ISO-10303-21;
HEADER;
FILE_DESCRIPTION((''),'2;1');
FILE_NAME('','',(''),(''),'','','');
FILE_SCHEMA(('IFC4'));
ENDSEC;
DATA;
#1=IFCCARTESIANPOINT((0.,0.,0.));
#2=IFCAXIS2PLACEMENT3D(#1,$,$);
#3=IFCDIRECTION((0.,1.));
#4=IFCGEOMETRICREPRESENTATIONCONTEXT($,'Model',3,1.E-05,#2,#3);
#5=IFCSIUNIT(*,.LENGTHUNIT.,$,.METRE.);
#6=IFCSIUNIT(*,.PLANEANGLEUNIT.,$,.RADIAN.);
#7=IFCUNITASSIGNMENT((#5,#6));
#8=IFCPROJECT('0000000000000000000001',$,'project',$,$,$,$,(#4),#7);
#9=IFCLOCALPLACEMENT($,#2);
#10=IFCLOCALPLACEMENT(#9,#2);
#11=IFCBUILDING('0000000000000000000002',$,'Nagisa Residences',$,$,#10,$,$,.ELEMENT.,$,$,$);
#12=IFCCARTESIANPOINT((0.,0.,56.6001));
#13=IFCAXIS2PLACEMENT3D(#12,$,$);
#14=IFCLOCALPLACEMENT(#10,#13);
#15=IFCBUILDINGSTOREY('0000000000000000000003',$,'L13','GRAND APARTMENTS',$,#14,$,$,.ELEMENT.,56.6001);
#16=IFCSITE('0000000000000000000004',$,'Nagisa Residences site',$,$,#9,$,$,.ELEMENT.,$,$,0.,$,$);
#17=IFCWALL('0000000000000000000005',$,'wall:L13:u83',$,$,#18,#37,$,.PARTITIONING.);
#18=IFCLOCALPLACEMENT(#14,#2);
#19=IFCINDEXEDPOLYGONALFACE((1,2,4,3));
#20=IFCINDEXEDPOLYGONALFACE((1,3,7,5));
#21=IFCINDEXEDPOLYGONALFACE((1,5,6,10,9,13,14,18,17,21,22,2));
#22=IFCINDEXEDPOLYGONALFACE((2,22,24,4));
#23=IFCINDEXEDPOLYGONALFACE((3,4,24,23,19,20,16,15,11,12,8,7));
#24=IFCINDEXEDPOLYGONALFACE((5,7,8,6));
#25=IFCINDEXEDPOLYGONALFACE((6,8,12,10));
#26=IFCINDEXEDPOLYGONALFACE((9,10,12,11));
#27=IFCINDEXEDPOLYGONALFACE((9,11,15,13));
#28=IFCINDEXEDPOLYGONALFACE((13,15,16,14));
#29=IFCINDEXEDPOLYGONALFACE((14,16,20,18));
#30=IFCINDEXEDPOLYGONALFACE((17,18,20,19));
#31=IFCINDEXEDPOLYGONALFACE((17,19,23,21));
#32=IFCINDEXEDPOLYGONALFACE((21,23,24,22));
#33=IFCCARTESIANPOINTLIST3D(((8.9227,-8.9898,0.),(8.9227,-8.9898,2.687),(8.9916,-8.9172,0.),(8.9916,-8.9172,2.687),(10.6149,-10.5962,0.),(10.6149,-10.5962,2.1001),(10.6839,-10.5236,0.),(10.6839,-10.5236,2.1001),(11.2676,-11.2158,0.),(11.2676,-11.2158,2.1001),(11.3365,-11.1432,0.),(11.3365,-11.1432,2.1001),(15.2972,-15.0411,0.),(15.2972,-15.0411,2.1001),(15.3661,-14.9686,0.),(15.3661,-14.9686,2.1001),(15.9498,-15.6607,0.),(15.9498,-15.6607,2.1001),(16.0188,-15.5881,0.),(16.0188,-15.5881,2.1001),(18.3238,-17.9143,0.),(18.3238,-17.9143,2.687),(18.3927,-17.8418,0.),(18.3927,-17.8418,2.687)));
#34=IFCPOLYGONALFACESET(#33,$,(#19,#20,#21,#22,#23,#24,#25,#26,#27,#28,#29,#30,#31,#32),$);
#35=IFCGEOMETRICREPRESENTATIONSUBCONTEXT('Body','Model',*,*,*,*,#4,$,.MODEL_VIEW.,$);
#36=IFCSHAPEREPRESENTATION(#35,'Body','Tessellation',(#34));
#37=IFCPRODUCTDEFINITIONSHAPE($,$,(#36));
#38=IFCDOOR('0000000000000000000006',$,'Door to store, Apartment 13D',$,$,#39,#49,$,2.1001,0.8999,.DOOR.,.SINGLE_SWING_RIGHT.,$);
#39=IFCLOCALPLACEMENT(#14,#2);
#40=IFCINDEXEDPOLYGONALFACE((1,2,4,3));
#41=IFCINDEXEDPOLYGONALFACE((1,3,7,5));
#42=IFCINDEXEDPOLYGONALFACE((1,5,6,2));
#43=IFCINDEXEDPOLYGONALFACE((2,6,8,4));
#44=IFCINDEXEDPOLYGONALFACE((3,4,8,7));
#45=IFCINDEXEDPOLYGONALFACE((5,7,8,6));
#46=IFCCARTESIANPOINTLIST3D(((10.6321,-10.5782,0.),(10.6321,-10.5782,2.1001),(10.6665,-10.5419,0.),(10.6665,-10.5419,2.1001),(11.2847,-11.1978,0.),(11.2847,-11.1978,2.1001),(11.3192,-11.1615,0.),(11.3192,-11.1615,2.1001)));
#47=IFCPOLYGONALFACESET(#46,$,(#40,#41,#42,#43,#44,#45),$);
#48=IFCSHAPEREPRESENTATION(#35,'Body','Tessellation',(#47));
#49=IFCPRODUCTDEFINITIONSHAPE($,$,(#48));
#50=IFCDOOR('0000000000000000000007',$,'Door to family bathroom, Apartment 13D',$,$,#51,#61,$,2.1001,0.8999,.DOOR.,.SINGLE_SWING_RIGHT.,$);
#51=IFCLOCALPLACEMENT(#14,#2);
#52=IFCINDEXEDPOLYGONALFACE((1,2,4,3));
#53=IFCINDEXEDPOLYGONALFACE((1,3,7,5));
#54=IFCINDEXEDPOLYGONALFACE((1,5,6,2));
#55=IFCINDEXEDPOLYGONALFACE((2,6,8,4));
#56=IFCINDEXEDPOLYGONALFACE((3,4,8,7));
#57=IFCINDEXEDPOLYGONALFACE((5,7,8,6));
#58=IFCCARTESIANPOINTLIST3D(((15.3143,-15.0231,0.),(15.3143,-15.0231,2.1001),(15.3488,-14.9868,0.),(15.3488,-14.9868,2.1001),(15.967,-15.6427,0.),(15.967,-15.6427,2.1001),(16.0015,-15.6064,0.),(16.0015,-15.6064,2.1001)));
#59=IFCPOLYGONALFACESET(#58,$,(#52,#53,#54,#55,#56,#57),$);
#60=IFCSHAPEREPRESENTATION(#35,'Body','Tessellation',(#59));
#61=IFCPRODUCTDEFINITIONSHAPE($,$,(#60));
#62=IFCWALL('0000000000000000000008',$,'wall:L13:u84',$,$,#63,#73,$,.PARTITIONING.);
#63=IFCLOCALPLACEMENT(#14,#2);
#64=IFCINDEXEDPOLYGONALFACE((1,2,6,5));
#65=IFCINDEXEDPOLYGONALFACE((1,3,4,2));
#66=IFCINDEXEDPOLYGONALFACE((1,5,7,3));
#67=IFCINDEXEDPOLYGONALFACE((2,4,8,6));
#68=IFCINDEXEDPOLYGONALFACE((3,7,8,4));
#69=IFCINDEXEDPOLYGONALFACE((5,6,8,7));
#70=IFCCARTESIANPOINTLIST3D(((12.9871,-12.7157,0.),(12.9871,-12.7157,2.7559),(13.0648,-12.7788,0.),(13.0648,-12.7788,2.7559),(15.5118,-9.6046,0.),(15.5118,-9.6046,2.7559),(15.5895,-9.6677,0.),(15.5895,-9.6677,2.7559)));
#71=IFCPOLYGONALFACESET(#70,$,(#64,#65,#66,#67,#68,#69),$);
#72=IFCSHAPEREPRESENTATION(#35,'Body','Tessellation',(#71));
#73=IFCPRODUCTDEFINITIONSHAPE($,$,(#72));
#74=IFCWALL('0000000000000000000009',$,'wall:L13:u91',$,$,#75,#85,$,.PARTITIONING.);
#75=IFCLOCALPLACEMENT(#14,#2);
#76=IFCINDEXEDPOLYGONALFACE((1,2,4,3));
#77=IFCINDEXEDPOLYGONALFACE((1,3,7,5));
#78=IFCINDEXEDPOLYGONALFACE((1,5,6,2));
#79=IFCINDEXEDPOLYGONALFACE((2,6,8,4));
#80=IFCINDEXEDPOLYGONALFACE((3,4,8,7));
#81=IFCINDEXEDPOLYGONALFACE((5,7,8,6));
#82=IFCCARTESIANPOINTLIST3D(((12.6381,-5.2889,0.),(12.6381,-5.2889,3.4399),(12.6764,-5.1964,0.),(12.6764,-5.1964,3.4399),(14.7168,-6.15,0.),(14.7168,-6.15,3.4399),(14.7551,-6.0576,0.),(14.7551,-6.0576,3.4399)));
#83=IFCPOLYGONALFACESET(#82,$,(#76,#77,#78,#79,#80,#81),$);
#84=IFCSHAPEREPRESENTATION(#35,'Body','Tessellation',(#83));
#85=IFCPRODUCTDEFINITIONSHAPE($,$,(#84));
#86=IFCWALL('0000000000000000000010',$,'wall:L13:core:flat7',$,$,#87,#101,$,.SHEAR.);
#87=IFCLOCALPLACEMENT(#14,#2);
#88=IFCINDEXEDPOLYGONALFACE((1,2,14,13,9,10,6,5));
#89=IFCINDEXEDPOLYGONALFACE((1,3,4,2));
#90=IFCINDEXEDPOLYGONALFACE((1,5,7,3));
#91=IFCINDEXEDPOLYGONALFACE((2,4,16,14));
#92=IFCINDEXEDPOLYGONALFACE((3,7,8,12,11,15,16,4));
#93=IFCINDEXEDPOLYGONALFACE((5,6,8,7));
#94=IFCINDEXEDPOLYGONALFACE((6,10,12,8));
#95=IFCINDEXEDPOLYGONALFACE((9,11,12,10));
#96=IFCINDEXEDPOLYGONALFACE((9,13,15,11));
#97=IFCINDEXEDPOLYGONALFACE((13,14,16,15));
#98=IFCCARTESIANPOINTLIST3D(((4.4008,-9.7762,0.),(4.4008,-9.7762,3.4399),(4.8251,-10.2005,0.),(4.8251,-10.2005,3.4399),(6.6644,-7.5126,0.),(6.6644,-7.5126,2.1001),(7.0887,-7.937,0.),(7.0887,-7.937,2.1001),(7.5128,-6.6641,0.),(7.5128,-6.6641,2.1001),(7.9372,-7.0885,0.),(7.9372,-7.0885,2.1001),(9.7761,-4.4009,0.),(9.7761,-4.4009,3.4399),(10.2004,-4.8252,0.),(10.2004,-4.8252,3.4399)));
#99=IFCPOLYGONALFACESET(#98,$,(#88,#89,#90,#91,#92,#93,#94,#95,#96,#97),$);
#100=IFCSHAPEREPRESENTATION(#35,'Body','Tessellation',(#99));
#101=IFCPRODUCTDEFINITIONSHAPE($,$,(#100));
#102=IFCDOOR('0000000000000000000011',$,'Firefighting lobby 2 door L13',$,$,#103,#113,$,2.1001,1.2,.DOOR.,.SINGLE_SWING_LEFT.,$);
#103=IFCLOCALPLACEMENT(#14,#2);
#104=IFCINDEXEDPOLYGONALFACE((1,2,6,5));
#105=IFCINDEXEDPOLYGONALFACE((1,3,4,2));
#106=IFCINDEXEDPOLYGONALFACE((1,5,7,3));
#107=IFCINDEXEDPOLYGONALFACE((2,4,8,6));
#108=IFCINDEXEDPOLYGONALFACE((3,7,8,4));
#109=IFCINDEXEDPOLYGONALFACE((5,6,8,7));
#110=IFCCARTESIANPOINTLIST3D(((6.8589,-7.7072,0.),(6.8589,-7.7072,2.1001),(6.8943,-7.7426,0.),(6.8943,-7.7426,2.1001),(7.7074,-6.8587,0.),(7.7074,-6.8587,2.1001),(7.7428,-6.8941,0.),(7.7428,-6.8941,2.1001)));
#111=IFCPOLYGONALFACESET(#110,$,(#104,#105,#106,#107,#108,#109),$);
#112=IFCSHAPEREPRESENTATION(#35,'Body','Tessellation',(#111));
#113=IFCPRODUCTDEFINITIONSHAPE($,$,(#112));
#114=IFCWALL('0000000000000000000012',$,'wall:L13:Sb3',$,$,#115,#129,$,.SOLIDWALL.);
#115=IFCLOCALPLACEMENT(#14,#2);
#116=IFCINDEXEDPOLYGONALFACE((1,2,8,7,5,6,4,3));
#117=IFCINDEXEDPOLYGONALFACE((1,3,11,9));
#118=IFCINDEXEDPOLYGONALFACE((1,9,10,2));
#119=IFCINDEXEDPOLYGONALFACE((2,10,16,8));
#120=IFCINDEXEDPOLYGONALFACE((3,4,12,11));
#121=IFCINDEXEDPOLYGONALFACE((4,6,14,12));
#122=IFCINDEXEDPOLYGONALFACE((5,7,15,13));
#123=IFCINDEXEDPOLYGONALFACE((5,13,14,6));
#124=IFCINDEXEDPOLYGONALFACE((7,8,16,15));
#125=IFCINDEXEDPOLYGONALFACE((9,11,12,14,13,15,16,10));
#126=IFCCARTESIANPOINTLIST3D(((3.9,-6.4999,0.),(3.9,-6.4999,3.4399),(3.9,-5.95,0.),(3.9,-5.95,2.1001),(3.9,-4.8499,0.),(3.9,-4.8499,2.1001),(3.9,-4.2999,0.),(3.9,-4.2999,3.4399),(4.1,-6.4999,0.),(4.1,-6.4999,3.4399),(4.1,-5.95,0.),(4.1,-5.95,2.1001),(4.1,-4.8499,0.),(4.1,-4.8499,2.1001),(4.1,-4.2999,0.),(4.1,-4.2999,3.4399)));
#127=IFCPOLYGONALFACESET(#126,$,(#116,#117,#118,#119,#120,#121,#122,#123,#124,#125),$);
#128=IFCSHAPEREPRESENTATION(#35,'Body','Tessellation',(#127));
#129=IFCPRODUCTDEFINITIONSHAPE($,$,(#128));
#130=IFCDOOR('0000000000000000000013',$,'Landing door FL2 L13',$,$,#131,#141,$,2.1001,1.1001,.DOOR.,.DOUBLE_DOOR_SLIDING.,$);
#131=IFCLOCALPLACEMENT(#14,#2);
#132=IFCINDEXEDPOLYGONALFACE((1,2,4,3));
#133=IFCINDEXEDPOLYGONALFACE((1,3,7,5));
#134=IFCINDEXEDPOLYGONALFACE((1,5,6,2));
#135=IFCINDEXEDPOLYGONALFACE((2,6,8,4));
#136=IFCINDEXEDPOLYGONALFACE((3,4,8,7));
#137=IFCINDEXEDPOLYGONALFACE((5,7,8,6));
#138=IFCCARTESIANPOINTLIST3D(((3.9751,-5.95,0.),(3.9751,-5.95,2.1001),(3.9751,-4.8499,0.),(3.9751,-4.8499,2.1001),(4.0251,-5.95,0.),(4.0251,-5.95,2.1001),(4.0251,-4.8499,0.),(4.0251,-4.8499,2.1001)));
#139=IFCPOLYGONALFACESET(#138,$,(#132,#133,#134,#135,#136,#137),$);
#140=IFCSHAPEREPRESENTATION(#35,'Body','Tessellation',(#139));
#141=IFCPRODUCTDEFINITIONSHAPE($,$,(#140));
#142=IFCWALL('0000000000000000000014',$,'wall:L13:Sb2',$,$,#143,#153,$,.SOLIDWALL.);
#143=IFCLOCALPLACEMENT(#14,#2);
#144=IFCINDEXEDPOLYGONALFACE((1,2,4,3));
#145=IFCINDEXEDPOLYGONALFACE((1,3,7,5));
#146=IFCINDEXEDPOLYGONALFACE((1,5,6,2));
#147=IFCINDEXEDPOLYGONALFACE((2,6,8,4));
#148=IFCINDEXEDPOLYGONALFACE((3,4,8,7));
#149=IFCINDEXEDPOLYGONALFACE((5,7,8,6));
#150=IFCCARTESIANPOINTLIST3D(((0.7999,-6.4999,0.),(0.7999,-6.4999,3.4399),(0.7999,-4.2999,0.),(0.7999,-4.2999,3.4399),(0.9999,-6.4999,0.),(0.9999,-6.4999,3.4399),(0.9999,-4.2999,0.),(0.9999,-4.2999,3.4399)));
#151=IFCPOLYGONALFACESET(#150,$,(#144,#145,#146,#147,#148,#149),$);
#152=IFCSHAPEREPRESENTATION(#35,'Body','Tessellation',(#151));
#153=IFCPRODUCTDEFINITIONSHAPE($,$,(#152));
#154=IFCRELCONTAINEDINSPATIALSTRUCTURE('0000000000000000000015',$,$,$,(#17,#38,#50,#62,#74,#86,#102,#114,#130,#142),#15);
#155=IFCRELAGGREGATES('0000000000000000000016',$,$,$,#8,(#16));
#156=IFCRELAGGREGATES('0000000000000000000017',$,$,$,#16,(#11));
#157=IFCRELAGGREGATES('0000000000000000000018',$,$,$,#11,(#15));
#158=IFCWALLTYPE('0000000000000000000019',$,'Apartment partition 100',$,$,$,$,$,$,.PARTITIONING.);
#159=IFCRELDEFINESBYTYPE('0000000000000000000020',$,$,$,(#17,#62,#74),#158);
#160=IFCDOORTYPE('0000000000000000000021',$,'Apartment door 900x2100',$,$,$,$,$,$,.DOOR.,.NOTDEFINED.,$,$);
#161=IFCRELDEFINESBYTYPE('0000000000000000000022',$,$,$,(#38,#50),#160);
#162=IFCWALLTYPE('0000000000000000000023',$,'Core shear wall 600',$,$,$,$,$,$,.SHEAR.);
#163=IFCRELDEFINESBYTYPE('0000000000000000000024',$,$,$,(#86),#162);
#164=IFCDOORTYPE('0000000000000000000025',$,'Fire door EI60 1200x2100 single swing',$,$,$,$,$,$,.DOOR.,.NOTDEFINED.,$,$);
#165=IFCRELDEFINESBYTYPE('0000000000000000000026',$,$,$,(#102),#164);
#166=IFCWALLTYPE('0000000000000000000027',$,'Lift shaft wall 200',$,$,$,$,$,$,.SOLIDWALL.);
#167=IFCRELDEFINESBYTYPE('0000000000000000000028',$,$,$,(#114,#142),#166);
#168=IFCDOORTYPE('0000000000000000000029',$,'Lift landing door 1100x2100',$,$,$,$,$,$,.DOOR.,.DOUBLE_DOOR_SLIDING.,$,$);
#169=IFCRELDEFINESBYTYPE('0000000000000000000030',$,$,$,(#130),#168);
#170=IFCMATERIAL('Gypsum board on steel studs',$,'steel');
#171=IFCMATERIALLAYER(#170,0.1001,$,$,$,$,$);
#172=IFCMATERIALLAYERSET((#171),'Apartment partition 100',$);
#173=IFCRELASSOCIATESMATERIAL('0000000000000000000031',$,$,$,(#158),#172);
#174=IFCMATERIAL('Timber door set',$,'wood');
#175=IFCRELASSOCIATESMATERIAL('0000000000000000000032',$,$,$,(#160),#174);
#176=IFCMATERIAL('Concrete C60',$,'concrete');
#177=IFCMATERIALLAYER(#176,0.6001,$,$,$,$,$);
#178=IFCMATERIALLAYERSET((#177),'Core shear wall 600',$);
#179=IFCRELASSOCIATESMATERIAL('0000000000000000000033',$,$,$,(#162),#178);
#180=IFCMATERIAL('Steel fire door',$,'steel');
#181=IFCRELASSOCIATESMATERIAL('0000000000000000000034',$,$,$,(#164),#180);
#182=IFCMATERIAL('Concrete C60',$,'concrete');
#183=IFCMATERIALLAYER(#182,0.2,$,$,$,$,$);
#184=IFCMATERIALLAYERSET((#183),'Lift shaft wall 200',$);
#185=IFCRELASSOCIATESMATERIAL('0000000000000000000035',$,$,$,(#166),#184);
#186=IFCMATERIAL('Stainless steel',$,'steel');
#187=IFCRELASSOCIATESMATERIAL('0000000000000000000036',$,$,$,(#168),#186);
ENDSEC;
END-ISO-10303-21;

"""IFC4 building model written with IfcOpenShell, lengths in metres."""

from ifc_helpers import new_model, si_unit, direction, frame, frame_2d, origin, place, context, subcontext, project, spatial, rectangle, extrude, material, layer, layer_set, type_object, element, fill, save


model = new_model("IFC4")

# Units and contexts
model_context = context("Model", 3, precision=1e-05, world=origin(), true_north=direction((0.0, 1.0)))
body_context = subcontext(model_context, "Body", "Model", "MODEL_VIEW")
ifc_project = project(units=[si_unit("LENGTHUNIT", "METRE"), si_unit("PLANEANGLEUNIT", "RADIAN")], contexts=[model_context])

# Site, building, storey
site_placement = place(None, origin())
site = spatial("IfcSite", under=ifc_project, at=site_placement, Name="Nagisa Residences site", CompositionType="ELEMENT", RefElevation=0.0)
building_placement = place(site_placement, origin())
building = spatial("IfcBuilding", under=site, at=building_placement, Name="Nagisa Residences", CompositionType="ELEMENT")
storey_placement = place(building_placement, frame((0.0, 0.0, 56.6001)))
storey = spatial("IfcBuildingStorey", under=building, at=storey_placement, Name="L13", Description="GRAND APARTMENTS", CompositionType="ELEMENT", Elevation=56.6001)

# Wall, openings, doors
ifc_material_1 = material(Name="Gypsum board on steel studs", Category="steel")
ifc_layer_1 = layer(ifc_material_1, 0.1001)
ifc_layer_set_1 = layer_set([ifc_layer_1], Name="Apartment partition 100")
wall_type_1 = type_object("IfcWallType", Name="Apartment partition 100", PredefinedType="PARTITIONING", material=ifc_layer_set_1)
ifc_material_2 = material(Name="Timber door set", Category="wood")
door_type_1 = type_object("IfcDoorType", Name="Apartment door 900x2100", OperationType="NOTDEFINED", PredefinedType="DOOR", material=ifc_material_2)
wall_1_placement = place(storey_placement, frame((8.957, -8.9534, 0.0), z_axis=(0.0, 0.0, 1.0), x_axis=(0.72525, -0.688486, 0.0)))
wall_1 = element("IfcWall", 1, at=wall_1_placement, inside=storey, type_object=wall_type_1, Name="wall:L13:u83", PredefinedType="PARTITIONING", context=body_context, shape_type="SweptSolid", body=[
    extrude(rectangle(XDim=12.9626, YDim=0.1001, at=frame_2d((6.4814, 0.0))), origin(), (0.0, 0.0, 1.0), 2.687),
])
opening_1_placement = place(wall_1_placement, frame((2.3335, 0.0, 0.0)))
opening_1 = element("IfcOpeningElement", 2, at=opening_1_placement, cuts=wall_1, PredefinedType="OPENING", context=body_context, shape_type="SweptSolid", body=[
    extrude(rectangle(XDim=0.8999, YDim=2.1001, at=frame_2d((0.45, 1.05))), frame((0.0, 0.0601, 0.0), z_axis=(0.0, -1.0, 0.0), x_axis=(1.0, 0.0, 0.0)), (0.0, 0.0, 1.0), 0.1201),
])
opening_2_placement = place(wall_1_placement, frame((8.7896, 0.0, 0.0)))
opening_2 = element("IfcOpeningElement", 3, at=opening_2_placement, cuts=wall_1, PredefinedType="OPENING", context=body_context, shape_type="SweptSolid", body=[
    extrude(rectangle(XDim=0.8999, YDim=2.1001, at=frame_2d((0.45, 1.05))), frame((0.0, 0.0601, 0.0), z_axis=(0.0, -1.0, 0.0), x_axis=(1.0, 0.0, 0.0)), (0.0, 0.0, 1.0), 0.1201),
])
door_1_placement = place(opening_1_placement, origin())
door_1 = element("IfcDoor", 4, at=door_1_placement, inside=storey, type_object=door_type_1, Name="Door to store, Apartment 13D", OperationType="SINGLE_SWING_RIGHT", OverallHeight=2.1001, OverallWidth=0.8999, PredefinedType="DOOR", context=body_context, shape_type="SweptSolid", body=[
    extrude(rectangle(XDim=0.8999, YDim=2.1001, at=frame_2d((0.45, 1.05))), frame((0.0, 0.0249, 0.0), z_axis=(0.0, -1.0, 0.0), x_axis=(1.0, 0.0, 0.0)), (0.0, 0.0, 1.0), 0.05),
])
fill(opening_1, door_1)
door_2_placement = place(opening_2_placement, origin())
door_2 = element("IfcDoor", 5, at=door_2_placement, inside=storey, type_object=door_type_1, Name="Door to family bathroom, Apartment 13D", OperationType="SINGLE_SWING_RIGHT", OverallHeight=2.1001, OverallWidth=0.8999, PredefinedType="DOOR", context=body_context, shape_type="SweptSolid", body=[
    extrude(rectangle(XDim=0.8999, YDim=2.1001, at=frame_2d((0.45, 1.05))), frame((0.0, 0.0249, 0.0), z_axis=(0.0, -1.0, 0.0), x_axis=(1.0, 0.0, 0.0)), (0.0, 0.0, 1.0), 0.05),
])
fill(opening_2, door_2)

# Walls
wall_2_placement = place(storey_placement, frame((13.0259, -12.7473, 0.0), z_axis=(0.0, 0.0, 1.0), x_axis=(0.630127, 0.776492, 0.0)))
element("IfcWall", 6, at=wall_2_placement, inside=storey, type_object=wall_type_1, Name="wall:L13:u84", PredefinedType="PARTITIONING", context=body_context, shape_type="SweptSolid", body=[
    extrude(rectangle(XDim=4.0066, YDim=0.1001, at=frame_2d((2.0034, 0.0))), origin(), (0.0, 0.0, 1.0), 2.7559),
])
wall_3_placement = place(storey_placement, frame((12.6572, -5.2427, 0.0), z_axis=(0.0, 0.0, 1.0), x_axis=(0.923865, -0.382719, 0.0)))
element("IfcWall", 7, at=wall_3_placement, inside=storey, type_object=wall_type_1, Name="wall:L13:u91", PredefinedType="PARTITIONING", context=body_context, shape_type="SweptSolid", body=[
    extrude(rectangle(XDim=2.25, YDim=0.1001, at=frame_2d((1.125, 0.0))), origin(), (0.0, 0.0, 1.0), 3.4399),
])

# Walls, openings, doors
ifc_material_3 = material(Name="Concrete C60", Category="concrete")
ifc_layer_2 = layer(ifc_material_3, 0.6001)
ifc_layer_set_2 = layer_set([ifc_layer_2], Name="Core shear wall 600")
wall_type_2 = type_object("IfcWallType", Name="Core shear wall 600", PredefinedType="SHEAR", material=ifc_layer_set_2)
wall_4_placement = place(storey_placement, frame((4.613, -9.9883, 0.0), z_axis=(0.0, 0.0, 1.0), x_axis=(0.707107, 0.707107, 0.0)))
wall_4 = element("IfcWall", 8, at=wall_4_placement, inside=storey, type_object=wall_type_2, Name="wall:L13:core:flat7", PredefinedType="SHEAR", context=body_context, shape_type="SweptSolid", body=[
    extrude(rectangle(XDim=7.6018, YDim=0.6001, at=frame_2d((3.8008, 0.0))), origin(), (0.0, 0.0, 1.0), 3.4399),
])
opening_3_placement = place(wall_4_placement, frame((3.2009, 0.0, 0.0)))
opening_3 = element("IfcOpeningElement", 9, at=opening_3_placement, cuts=wall_4, PredefinedType="OPENING", context=body_context, shape_type="SweptSolid", body=[
    extrude(rectangle(XDim=1.2, YDim=2.1001, at=frame_2d((0.6001, 1.05))), frame((0.0, 0.3101, 0.0), z_axis=(0.0, -1.0, 0.0), x_axis=(1.0, 0.0, 0.0)), (0.0, 0.0, 1.0), 0.6201),
])
ifc_material_4 = material(Name="Steel fire door", Category="steel")
door_type_2 = type_object("IfcDoorType", Name="Fire door EI60 1200x2100 single swing", OperationType="NOTDEFINED", PredefinedType="DOOR", material=ifc_material_4)
door_3_placement = place(opening_3_placement, origin())
door_3 = element("IfcDoor", 10, at=door_3_placement, inside=storey, type_object=door_type_2, Name="Firefighting lobby 2 door L13", OperationType="SINGLE_SWING_LEFT", OverallHeight=2.1001, OverallWidth=1.2, PredefinedType="DOOR", context=body_context, shape_type="SweptSolid", body=[
    extrude(rectangle(XDim=1.2, YDim=2.1001, at=frame_2d((0.6001, 1.05))), frame((0.0, 0.0249, 0.0), z_axis=(0.0, -1.0, 0.0), x_axis=(1.0, 0.0, 0.0)), (0.0, 0.0, 1.0), 0.05),
])
fill(opening_3, door_3)
ifc_material_5 = material(Name="Concrete C60", Category="concrete")
ifc_layer_3 = layer(ifc_material_5, 0.2)
ifc_layer_set_3 = layer_set([ifc_layer_3], Name="Lift shaft wall 200")
wall_type_3 = type_object("IfcWallType", Name="Lift shaft wall 200", PredefinedType="SOLIDWALL", material=ifc_layer_set_3)
wall_5_placement = place(storey_placement, frame((4.0, -6.5, 0.0), z_axis=(0.0, 0.0, 1.0), x_axis=(0.0, 1.0, 0.0)))
wall_5 = element("IfcWall", 11, at=wall_5_placement, inside=storey, type_object=wall_type_3, Name="wall:L13:Sb3", PredefinedType="SOLIDWALL", context=body_context, shape_type="SweptSolid", body=[
    extrude(rectangle(XDim=2.2, YDim=0.2, at=frame_2d((1.1001, 0.0))), origin(), (0.0, 0.0, 1.0), 3.4399),
])
opening_4_placement = place(wall_5_placement, frame((0.55, 0.0, 0.0)))
opening_4 = element("IfcOpeningElement", 12, at=opening_4_placement, cuts=wall_5, PredefinedType="OPENING", context=body_context, shape_type="SweptSolid", body=[
    extrude(rectangle(XDim=1.1001, YDim=2.1001, at=frame_2d((0.55, 1.05))), frame((0.0, 0.1099, 0.0), z_axis=(0.0, -1.0, 0.0), x_axis=(1.0, 0.0, 0.0)), (0.0, 0.0, 1.0), 0.22),
])
ifc_material_6 = material(Name="Stainless steel", Category="steel")
door_type_3 = type_object("IfcDoorType", Name="Lift landing door 1100x2100", OperationType="DOUBLE_DOOR_SLIDING", PredefinedType="DOOR", material=ifc_material_6)
door_4_placement = place(opening_4_placement, origin())
door_4 = element("IfcDoor", 13, at=door_4_placement, inside=storey, type_object=door_type_3, Name="Landing door FL2 L13", OperationType="DOUBLE_DOOR_SLIDING", OverallHeight=2.1001, OverallWidth=1.1001, PredefinedType="DOOR", context=body_context, shape_type="SweptSolid", body=[
    extrude(rectangle(XDim=1.1001, YDim=2.1001, at=frame_2d((0.55, 1.05))), frame((0.0, 0.0249, 0.0), z_axis=(0.0, -1.0, 0.0), x_axis=(1.0, 0.0, 0.0)), (0.0, 0.0, 1.0), 0.05),
])
fill(opening_4, door_4)

# Wall
wall_6_placement = place(storey_placement, frame((0.8999, -6.5, 0.0), z_axis=(0.0, 0.0, 1.0), x_axis=(0.0, 1.0, 0.0)))
element("IfcWall", 14, at=wall_6_placement, inside=storey, type_object=wall_type_3, Name="wall:L13:Sb2", PredefinedType="SOLIDWALL", context=body_context, shape_type="SweptSolid", body=[
    extrude(rectangle(XDim=2.2, YDim=0.2, at=frame_2d((1.1001, 0.0))), origin(), (0.0, 0.0, 1.0), 3.4399),
])

save(model, "model.ifc")
